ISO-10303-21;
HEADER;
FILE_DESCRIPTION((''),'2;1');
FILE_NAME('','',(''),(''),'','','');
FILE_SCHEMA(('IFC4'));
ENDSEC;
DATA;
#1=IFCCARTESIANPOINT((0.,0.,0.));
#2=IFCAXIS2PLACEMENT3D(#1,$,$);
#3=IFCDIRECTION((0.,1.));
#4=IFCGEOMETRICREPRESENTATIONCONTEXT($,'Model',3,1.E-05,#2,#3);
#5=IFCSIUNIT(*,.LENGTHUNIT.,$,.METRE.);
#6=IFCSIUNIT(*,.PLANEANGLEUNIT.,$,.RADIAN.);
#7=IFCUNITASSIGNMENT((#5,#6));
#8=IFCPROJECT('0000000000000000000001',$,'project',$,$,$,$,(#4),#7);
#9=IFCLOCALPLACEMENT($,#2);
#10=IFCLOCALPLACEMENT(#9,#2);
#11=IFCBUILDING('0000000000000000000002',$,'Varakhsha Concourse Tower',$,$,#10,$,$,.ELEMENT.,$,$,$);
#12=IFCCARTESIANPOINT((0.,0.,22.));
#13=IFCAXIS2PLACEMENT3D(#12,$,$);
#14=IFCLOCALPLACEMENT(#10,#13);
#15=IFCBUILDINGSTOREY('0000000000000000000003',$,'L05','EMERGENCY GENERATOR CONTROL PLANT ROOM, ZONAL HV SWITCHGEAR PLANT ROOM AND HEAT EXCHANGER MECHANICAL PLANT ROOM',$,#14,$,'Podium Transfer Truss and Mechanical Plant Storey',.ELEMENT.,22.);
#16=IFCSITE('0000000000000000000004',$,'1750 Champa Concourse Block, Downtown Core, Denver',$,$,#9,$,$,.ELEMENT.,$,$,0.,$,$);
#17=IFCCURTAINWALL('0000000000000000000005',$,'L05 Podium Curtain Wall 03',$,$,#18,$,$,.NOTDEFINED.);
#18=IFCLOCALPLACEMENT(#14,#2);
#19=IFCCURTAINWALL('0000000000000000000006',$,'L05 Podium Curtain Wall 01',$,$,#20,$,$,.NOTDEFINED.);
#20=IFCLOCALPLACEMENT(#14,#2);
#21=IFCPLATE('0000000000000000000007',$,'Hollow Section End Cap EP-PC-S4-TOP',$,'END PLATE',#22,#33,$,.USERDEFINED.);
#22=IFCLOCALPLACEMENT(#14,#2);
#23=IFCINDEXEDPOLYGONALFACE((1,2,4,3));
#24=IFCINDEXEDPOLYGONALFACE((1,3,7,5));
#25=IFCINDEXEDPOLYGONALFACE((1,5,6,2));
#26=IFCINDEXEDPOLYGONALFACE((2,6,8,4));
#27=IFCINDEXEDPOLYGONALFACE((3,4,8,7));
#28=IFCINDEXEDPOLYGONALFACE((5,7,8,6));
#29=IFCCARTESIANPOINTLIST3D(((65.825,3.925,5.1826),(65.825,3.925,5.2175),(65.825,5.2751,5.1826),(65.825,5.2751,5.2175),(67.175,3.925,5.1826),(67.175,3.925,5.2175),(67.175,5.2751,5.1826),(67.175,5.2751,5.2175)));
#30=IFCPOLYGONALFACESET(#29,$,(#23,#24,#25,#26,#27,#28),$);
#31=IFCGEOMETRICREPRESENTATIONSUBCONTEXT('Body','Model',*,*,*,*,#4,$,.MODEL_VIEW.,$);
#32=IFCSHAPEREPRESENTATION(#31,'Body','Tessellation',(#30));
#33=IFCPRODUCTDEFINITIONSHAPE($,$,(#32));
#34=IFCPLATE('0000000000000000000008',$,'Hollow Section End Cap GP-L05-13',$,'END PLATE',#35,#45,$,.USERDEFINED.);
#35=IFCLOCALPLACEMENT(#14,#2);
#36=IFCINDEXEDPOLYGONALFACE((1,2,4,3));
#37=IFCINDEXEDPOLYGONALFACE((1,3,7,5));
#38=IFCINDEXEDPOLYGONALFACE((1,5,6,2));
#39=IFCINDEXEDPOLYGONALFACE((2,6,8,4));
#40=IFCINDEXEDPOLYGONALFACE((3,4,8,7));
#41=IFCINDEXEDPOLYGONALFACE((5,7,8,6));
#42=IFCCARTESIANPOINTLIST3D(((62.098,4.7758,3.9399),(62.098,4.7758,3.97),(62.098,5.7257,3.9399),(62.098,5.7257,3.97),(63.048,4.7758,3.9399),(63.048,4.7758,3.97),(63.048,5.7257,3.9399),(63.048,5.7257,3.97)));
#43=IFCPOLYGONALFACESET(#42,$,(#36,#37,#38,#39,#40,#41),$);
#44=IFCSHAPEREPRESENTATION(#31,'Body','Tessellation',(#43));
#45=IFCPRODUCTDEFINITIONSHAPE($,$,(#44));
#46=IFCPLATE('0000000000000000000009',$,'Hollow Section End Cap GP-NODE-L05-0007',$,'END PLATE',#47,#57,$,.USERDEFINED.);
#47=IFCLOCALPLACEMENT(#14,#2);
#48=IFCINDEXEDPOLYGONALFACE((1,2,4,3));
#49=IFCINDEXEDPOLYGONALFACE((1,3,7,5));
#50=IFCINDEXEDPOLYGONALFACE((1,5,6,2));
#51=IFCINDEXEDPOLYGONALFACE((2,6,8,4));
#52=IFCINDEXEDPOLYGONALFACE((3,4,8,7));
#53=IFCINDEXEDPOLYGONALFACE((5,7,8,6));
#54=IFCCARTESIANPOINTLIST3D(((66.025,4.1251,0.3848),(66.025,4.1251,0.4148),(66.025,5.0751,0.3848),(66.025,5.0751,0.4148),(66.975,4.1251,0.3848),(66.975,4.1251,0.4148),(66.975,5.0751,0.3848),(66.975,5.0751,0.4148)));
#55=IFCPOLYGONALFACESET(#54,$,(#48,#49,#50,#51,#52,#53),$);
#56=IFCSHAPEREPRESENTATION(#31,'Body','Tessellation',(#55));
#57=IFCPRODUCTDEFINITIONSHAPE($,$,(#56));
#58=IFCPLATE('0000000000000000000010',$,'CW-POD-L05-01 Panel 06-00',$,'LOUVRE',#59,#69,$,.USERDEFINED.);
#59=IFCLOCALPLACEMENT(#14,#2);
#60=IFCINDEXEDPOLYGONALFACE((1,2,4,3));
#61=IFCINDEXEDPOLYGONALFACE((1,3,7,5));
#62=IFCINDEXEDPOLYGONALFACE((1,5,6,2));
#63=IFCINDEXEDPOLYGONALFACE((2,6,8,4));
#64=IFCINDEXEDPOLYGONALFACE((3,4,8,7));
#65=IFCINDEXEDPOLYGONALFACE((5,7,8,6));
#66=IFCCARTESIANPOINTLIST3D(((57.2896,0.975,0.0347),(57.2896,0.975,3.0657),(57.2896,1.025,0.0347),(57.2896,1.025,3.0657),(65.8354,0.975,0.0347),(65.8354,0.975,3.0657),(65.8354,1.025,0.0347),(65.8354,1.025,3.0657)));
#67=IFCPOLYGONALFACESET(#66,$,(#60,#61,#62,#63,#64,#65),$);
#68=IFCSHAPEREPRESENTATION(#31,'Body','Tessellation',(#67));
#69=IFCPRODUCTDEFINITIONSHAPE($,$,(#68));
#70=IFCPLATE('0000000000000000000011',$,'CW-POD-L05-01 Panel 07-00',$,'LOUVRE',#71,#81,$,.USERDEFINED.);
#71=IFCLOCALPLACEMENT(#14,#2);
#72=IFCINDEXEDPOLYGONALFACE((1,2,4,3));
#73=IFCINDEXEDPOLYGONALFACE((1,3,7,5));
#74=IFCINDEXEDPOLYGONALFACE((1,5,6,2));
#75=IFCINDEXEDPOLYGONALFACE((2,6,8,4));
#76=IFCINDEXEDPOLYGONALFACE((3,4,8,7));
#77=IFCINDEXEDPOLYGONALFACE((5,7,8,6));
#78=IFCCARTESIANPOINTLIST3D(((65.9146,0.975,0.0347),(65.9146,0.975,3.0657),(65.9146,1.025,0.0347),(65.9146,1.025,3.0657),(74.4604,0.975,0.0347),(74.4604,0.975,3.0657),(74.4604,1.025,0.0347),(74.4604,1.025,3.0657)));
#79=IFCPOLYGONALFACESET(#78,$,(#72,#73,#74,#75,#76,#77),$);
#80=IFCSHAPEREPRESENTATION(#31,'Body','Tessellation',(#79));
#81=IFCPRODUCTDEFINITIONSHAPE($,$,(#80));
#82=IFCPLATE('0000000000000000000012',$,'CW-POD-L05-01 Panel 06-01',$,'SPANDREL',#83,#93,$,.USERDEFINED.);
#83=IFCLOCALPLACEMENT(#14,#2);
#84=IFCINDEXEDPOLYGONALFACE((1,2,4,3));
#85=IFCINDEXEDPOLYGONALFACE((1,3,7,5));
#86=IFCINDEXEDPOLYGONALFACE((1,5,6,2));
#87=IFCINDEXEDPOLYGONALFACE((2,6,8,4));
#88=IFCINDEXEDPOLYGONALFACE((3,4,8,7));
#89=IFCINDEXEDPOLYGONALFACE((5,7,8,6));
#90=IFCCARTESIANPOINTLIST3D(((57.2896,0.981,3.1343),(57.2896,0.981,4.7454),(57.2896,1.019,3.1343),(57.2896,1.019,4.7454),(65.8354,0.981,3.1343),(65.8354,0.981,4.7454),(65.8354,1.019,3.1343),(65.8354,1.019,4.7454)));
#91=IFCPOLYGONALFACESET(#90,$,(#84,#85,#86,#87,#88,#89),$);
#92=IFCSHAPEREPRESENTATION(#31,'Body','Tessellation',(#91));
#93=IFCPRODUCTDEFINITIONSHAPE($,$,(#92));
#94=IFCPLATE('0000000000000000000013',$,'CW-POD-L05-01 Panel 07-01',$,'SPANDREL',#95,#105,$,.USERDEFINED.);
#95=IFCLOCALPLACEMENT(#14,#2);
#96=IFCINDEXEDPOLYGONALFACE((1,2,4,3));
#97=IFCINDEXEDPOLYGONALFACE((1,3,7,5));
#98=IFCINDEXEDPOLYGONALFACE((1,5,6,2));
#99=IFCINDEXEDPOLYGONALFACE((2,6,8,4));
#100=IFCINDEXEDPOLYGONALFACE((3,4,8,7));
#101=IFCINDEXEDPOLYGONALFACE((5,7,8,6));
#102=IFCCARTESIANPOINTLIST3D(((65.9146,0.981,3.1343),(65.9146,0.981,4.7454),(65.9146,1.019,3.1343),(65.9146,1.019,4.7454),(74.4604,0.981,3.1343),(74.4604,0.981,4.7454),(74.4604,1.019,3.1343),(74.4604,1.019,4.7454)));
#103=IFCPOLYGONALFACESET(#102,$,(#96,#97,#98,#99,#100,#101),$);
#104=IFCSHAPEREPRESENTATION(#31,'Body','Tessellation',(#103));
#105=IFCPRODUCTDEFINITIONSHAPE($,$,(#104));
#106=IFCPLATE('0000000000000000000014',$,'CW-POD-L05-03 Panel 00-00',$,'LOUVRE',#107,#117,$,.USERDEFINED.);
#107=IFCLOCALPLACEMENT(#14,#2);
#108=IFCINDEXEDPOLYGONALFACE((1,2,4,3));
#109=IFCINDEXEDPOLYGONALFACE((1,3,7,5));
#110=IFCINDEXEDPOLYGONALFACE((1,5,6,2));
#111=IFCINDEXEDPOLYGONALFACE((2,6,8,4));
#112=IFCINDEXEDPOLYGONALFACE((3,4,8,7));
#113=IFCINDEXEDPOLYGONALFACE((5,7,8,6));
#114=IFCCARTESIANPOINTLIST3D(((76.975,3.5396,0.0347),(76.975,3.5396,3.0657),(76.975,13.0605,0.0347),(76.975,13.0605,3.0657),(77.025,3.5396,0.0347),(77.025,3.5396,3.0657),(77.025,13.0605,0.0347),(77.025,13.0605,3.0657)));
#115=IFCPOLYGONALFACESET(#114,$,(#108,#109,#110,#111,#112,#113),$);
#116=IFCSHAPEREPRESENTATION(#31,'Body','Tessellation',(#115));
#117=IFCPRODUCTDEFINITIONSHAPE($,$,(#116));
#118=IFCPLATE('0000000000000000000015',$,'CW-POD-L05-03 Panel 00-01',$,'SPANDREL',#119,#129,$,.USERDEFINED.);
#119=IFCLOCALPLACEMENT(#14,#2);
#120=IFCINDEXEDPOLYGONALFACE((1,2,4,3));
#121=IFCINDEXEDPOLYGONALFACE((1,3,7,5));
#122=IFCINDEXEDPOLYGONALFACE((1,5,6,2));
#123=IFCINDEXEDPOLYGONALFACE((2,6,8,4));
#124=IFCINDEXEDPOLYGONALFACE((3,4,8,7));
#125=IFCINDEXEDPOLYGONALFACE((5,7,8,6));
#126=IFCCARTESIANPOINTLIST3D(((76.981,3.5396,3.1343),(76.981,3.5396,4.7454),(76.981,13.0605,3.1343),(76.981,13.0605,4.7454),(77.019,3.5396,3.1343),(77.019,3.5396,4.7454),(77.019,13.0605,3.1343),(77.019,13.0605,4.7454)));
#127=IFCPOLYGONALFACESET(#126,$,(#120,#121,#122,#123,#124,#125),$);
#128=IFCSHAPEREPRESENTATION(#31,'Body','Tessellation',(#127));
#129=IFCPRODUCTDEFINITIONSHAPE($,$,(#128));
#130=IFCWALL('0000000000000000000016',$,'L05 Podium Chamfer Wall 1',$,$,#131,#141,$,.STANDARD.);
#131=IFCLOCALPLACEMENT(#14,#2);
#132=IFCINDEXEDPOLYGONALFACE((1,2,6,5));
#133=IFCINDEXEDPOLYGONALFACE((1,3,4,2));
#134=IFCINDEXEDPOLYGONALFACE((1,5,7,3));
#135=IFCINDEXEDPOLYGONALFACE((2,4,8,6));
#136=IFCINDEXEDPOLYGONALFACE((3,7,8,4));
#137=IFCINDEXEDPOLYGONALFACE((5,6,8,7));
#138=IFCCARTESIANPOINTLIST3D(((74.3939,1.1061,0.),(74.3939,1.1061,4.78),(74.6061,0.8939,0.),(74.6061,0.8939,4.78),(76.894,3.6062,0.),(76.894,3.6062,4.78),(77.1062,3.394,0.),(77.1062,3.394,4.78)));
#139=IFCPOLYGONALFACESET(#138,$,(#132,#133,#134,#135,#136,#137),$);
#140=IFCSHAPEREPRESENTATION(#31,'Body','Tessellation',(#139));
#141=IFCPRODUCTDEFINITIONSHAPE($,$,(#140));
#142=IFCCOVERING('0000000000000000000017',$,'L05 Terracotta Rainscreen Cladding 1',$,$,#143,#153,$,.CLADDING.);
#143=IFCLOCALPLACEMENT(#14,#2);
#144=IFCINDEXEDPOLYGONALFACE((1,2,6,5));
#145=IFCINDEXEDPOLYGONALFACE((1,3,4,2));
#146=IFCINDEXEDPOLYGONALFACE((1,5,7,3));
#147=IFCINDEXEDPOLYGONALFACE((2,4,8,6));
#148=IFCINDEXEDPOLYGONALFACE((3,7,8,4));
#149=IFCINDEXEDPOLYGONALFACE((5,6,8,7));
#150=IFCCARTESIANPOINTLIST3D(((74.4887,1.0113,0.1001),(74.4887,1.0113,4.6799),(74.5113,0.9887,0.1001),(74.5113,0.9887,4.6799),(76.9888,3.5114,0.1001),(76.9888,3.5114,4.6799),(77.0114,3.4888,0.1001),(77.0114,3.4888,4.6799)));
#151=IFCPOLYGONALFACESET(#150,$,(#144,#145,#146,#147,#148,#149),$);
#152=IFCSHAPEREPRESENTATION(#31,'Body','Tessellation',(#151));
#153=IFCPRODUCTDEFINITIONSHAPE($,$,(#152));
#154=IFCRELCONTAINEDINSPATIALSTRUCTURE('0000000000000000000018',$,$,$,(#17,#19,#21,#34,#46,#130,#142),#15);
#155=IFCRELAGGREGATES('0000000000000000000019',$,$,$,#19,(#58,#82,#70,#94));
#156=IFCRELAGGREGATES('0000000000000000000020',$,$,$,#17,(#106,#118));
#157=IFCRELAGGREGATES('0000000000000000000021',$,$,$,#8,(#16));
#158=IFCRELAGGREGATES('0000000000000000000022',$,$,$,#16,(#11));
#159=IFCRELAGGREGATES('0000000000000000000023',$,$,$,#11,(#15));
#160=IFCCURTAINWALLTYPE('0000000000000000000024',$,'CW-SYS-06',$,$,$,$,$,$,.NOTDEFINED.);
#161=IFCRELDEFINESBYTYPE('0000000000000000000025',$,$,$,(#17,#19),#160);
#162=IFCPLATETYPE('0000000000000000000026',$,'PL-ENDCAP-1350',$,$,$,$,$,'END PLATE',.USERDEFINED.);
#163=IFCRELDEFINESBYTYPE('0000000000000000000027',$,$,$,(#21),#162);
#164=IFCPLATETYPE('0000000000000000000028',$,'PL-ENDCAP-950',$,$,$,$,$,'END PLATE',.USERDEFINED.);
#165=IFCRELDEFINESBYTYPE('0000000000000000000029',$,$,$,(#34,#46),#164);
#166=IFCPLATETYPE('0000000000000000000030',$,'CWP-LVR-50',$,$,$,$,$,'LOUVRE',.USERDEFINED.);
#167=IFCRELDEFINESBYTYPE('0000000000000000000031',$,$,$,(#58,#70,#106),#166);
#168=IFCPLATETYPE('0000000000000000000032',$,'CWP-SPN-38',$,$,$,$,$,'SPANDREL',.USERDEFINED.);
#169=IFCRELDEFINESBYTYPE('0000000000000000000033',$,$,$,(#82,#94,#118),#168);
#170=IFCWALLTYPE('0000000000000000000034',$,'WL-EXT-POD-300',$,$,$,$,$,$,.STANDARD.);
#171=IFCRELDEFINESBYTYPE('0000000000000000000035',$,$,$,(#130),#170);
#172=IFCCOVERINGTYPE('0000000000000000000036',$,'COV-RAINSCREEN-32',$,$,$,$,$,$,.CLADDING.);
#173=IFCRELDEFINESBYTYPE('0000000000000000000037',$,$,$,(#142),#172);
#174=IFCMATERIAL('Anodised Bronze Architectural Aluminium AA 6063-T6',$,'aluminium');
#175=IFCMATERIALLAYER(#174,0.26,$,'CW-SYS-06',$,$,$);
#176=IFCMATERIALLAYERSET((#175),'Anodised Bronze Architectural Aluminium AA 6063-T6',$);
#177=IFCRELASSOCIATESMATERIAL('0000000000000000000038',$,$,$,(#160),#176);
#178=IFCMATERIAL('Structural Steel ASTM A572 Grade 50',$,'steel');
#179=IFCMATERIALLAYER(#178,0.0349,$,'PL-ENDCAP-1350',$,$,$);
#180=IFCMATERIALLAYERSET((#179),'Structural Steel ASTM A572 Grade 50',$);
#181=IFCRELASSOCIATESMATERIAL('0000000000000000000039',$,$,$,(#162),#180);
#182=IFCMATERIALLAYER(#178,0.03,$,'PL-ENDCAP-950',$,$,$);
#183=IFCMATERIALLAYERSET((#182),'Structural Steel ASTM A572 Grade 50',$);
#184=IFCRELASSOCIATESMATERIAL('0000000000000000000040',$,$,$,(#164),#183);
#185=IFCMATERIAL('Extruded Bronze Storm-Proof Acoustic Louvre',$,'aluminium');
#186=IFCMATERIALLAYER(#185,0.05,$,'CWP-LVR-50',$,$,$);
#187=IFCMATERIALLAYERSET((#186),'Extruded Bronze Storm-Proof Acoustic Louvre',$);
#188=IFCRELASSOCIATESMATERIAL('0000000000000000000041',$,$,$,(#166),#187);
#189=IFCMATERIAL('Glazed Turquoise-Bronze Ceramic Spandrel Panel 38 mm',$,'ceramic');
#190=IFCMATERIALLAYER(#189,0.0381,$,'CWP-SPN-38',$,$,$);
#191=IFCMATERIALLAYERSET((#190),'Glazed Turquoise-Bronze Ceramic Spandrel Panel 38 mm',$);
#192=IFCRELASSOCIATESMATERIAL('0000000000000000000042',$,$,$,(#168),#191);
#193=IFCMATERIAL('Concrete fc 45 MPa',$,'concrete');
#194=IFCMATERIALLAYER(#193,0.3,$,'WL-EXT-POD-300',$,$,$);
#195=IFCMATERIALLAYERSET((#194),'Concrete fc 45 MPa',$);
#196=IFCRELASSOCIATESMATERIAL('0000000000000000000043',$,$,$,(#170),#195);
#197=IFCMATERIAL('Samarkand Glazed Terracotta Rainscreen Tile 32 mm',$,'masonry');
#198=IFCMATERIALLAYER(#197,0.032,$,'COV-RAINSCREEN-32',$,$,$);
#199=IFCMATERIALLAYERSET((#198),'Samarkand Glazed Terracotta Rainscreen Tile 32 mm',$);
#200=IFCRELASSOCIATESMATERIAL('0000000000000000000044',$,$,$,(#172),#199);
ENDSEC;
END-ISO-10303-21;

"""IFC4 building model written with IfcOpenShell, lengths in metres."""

from ifc_helpers import new_model, si_unit, direction, frame, frame_2d, origin, origin_2d, place, context, subcontext, project, spatial, rectangle, extrude, source, transform, mapped, material, layer, layer_set, type_object, type_shapes, element, aggregate, save


model = new_model("IFC4")

# Units and contexts
model_context = context("Model", 3, precision=1e-05, world=origin(), true_north=direction((0.0, 1.0)))
body_context = subcontext(model_context, "Body", "Model", "MODEL_VIEW")
ifc_project = project(units=[si_unit("LENGTHUNIT", "METRE"), si_unit("PLANEANGLEUNIT", "RADIAN")], contexts=[model_context])

# Site, building, storey
site_placement = place(None, origin())
site = spatial("IfcSite", under=ifc_project, at=site_placement, Name="1750 Champa Concourse Block, Downtown Core, Denver", CompositionType="ELEMENT", RefElevation=0.0)
building_placement = place(site_placement, origin())
building = spatial("IfcBuilding", under=site, at=building_placement, Name="Varakhsha Concourse Tower", CompositionType="ELEMENT")
storey_placement = place(building_placement, frame((0.0, 0.0, 22.0)))
storey = spatial("IfcBuildingStorey", under=building, at=storey_placement, Name="L05", Description="EMERGENCY GENERATOR CONTROL PLANT ROOM, ZONAL HV SWITCHGEAR PLANT ROOM AND HEAT EXCHANGER MECHANICAL PLANT ROOM", LongName="Podium Transfer Truss and Mechanical Plant Storey", CompositionType="ELEMENT", Elevation=22.0)

# Shared definitions
ifc_material_1 = material(Name="Structural Steel ASTM A572 Grade 50", Category="steel")

# Curtain wall
ifc_material_2 = material(Name="Anodised Bronze Architectural Aluminium AA 6063-T6", Category="aluminium")
ifc_layer_1 = layer(ifc_material_2, 0.26, Name="CW-SYS-06")
ifc_layer_set_1 = layer_set([ifc_layer_1], Name="Anodised Bronze Architectural Aluminium AA 6063-T6")
curtain_wall_type = type_object("IfcCurtainWallType", Name="CW-SYS-06", PredefinedType="NOTDEFINED", material=ifc_layer_set_1)
curtain_wall_1_placement = place(storey_placement, origin())
curtain_wall_1 = element("IfcCurtainWall", 1, at=curtain_wall_1_placement, inside=storey, type_object=curtain_wall_type, Name="L05 Podium Curtain Wall 03", PredefinedType="NOTDEFINED")

# Curtain wall
curtain_wall_2_placement = place(storey_placement, origin())
curtain_wall_2 = element("IfcCurtainWall", 2, at=curtain_wall_2_placement, inside=storey, type_object=curtain_wall_type, Name="L05 Podium Curtain Wall 01", PredefinedType="NOTDEFINED")

# Plates
ifc_layer_2 = layer(ifc_material_1, 0.0349, Name="PL-ENDCAP-1350")
ifc_layer_set_2 = layer_set([ifc_layer_2], Name="Structural Steel ASTM A572 Grade 50")
plate_type_1 = type_object("IfcPlateType", Name="PL-ENDCAP-1350", ElementType="END PLATE", PredefinedType="USERDEFINED", material=ifc_layer_set_2)
shared_shape_1 = source(origin(), body_context, "Body", "SweptSolid", [
    extrude(rectangle(XDim=1.3501, YDim=1.3501, at=origin_2d()), origin(), (0.0, 0.0, 1.0), 0.0349),
])
type_shapes(plate_type_1, [shared_shape_1])
plate_1_placement = place(storey_placement, frame((66.5, 4.6001, 5.1826), z_axis=(0.0, 0.0, 1.0), x_axis=(1.0, 0.0, 0.0)))
element("IfcPlate", 3, at=plate_1_placement, inside=storey, type_object=plate_type_1, Name="Hollow Section End Cap EP-PC-S4-TOP", ObjectType="END PLATE", PredefinedType="USERDEFINED", context=body_context, shape_type="MappedRepresentation", body=[
    mapped(shared_shape_1, transform((0.0, 0.0, 0.0), scale=1.0)),
])
ifc_layer_3 = layer(ifc_material_1, 0.03, Name="PL-ENDCAP-950")
ifc_layer_set_3 = layer_set([ifc_layer_3], Name="Structural Steel ASTM A572 Grade 50")
plate_type_2 = type_object("IfcPlateType", Name="PL-ENDCAP-950", ElementType="END PLATE", PredefinedType="USERDEFINED", material=ifc_layer_set_3)
shared_shape_2 = source(origin(), body_context, "Body", "SweptSolid", [
    extrude(rectangle(XDim=0.95, YDim=0.95, at=origin_2d()), origin(), (0.0, 0.0, 1.0), 0.03),
])
type_shapes(plate_type_2, [shared_shape_2])
for number, where, z_axis, x_axis, name in (
    (4, (62.573, 5.2507, 3.9399), (0.0, 0.0, 1.0), (1.0, 0.0, 0.0), "Hollow Section End Cap GP-L05-13"),
    (5, (66.5, 4.6001, 0.3848), (0.0, 0.0, 1.0), (1.0, 0.0, 0.0), "Hollow Section End Cap GP-NODE-L05-0007"),
):
    element("IfcPlate", number, at=place(storey_placement, frame(where, z_axis=z_axis, x_axis=x_axis)), inside=storey, type_object=plate_type_2, Name=name, ObjectType="END PLATE", PredefinedType="USERDEFINED", context=body_context, shape_type="MappedRepresentation", body=[
        mapped(shared_shape_2, transform((0.0, 0.0, 0.0), scale=1.0)),
    ])

# Plates
ifc_material_3 = material(Name="Extruded Bronze Storm-Proof Acoustic Louvre", Category="aluminium")
ifc_layer_4 = layer(ifc_material_3, 0.05, Name="CWP-LVR-50")
ifc_layer_set_4 = layer_set([ifc_layer_4], Name="Extruded Bronze Storm-Proof Acoustic Louvre")
plate_type_3 = type_object("IfcPlateType", Name="CWP-LVR-50", ElementType="LOUVRE", PredefinedType="USERDEFINED", material=ifc_layer_set_4)
shared_shape_3 = source(origin(), body_context, "Body", "SweptSolid", [
    extrude(rectangle(XDim=8.5459, YDim=0.05, at=origin_2d()), origin(), (0.0, 0.0, 1.0), 3.031),
])
plate_2_placement = place(storey_placement, frame((61.5625, 1.0, 0.0347), z_axis=(0.0, 0.0, 1.0), x_axis=(1.0, 0.0, 0.0)))
plate_2 = element("IfcPlate", 6, at=plate_2_placement, type_object=plate_type_3, Name="CW-POD-L05-01 Panel 06-00", ObjectType="LOUVRE", PredefinedType="USERDEFINED", context=body_context, shape_type="MappedRepresentation", body=[
    mapped(shared_shape_3, transform((0.0, 0.0, 0.0), scale=1.0)),
])
plate_3_placement = place(storey_placement, frame((70.1875, 1.0, 0.0347), z_axis=(0.0, 0.0, 1.0), x_axis=(1.0, 0.0, 0.0)))
plate_3 = element("IfcPlate", 7, at=plate_3_placement, type_object=plate_type_3, Name="CW-POD-L05-01 Panel 07-00", ObjectType="LOUVRE", PredefinedType="USERDEFINED", context=body_context, shape_type="MappedRepresentation", body=[
    mapped(shared_shape_3, transform((0.0, 0.0, 0.0), scale=1.0)),
])
ifc_material_4 = material(Name="Glazed Turquoise-Bronze Ceramic Spandrel Panel 38 mm", Category="ceramic")
ifc_layer_5 = layer(ifc_material_4, 0.0381, Name="CWP-SPN-38")
ifc_layer_set_5 = layer_set([ifc_layer_5], Name="Glazed Turquoise-Bronze Ceramic Spandrel Panel 38 mm")
plate_type_4 = type_object("IfcPlateType", Name="CWP-SPN-38", ElementType="SPANDREL", PredefinedType="USERDEFINED", material=ifc_layer_set_5)
shared_shape_4 = source(origin(), body_context, "Body", "SweptSolid", [
    extrude(rectangle(XDim=8.5459, YDim=0.0381, at=origin_2d()), origin(), (0.0, 0.0, 1.0), 1.6111),
])
plate_4_placement = place(storey_placement, frame((61.5625, 1.0, 3.1343), z_axis=(0.0, 0.0, 1.0), x_axis=(1.0, 0.0, 0.0)))
plate_4 = element("IfcPlate", 8, at=plate_4_placement, type_object=plate_type_4, Name="CW-POD-L05-01 Panel 06-01", ObjectType="SPANDREL", PredefinedType="USERDEFINED", context=body_context, shape_type="MappedRepresentation", body=[
    mapped(shared_shape_4, transform((0.0, 0.0, 0.0), scale=1.0)),
])
plate_5_placement = place(storey_placement, frame((70.1875, 1.0, 3.1343), z_axis=(0.0, 0.0, 1.0), x_axis=(1.0, 0.0, 0.0)))
plate_5 = element("IfcPlate", 9, at=plate_5_placement, type_object=plate_type_4, Name="CW-POD-L05-01 Panel 07-01", ObjectType="SPANDREL", PredefinedType="USERDEFINED", context=body_context, shape_type="MappedRepresentation", body=[
    mapped(shared_shape_4, transform((0.0, 0.0, 0.0), scale=1.0)),
])
aggregate(curtain_wall_2, [plate_2, plate_4, plate_3, plate_5])
shared_shape_5 = source(origin(), body_context, "Body", "SweptSolid", [
    extrude(rectangle(XDim=9.521, YDim=0.05, at=origin_2d()), origin(), (0.0, 0.0, 1.0), 3.031),
])
type_shapes(plate_type_3, [shared_shape_3, shared_shape_5])
plate_6_placement = place(storey_placement, frame((77.0, 8.3, 0.0347), z_axis=(0.0, 0.0, 1.0), x_axis=(0.0, 1.0, 0.0)))
plate_6 = element("IfcPlate", 10, at=plate_6_placement, type_object=plate_type_3, Name="CW-POD-L05-03 Panel 00-00", ObjectType="LOUVRE", PredefinedType="USERDEFINED", context=body_context, shape_type="MappedRepresentation", body=[
    mapped(shared_shape_5, transform((0.0, 0.0, 0.0), scale=1.0)),
])
shared_shape_6 = source(origin(), body_context, "Body", "SweptSolid", [
    extrude(rectangle(XDim=9.521, YDim=0.0381, at=origin_2d()), origin(), (0.0, 0.0, 1.0), 1.6111),
])
type_shapes(plate_type_4, [shared_shape_4, shared_shape_6])
plate_7_placement = place(storey_placement, frame((77.0, 8.3, 3.1343), z_axis=(0.0, 0.0, 1.0), x_axis=(0.0, 1.0, 0.0)))
plate_7 = element("IfcPlate", 11, at=plate_7_placement, type_object=plate_type_4, Name="CW-POD-L05-03 Panel 00-01", ObjectType="SPANDREL", PredefinedType="USERDEFINED", context=body_context, shape_type="MappedRepresentation", body=[
    mapped(shared_shape_6, transform((0.0, 0.0, 0.0), scale=1.0)),
])
aggregate(curtain_wall_1, [plate_6, plate_7])

# Wall
ifc_material_5 = material(Name="Concrete fc 45 MPa", Category="concrete")
ifc_layer_6 = layer(ifc_material_5, 0.3, Name="WL-EXT-POD-300")
ifc_layer_set_6 = layer_set([ifc_layer_6], Name="Concrete fc 45 MPa")
wall_type = type_object("IfcWallType", Name="WL-EXT-POD-300", PredefinedType="STANDARD", material=ifc_layer_set_6)
wall_placement = place(storey_placement, frame((74.5, 1.0, 0.0), z_axis=(0.0, 0.0, 1.0), x_axis=(0.707107, 0.707107, 0.0)))
element("IfcWall", 12, at=wall_placement, inside=storey, type_object=wall_type, Name="L05 Podium Chamfer Wall 1", PredefinedType="STANDARD", context=body_context, shape_type="SweptSolid", body=[
    extrude(rectangle(XDim=3.5356, YDim=0.3, at=frame_2d((1.7678, 0.0))), origin(), (0.0, 0.0, 1.0), 4.78),
])

# Covering
ifc_material_6 = material(Name="Samarkand Glazed Terracotta Rainscreen Tile 32 mm", Category="masonry")
ifc_layer_7 = layer(ifc_material_6, 0.032, Name="COV-RAINSCREEN-32")
ifc_layer_set_7 = layer_set([ifc_layer_7], Name="Samarkand Glazed Terracotta Rainscreen Tile 32 mm")
covering_type = type_object("IfcCoveringType", Name="COV-RAINSCREEN-32", PredefinedType="CLADDING", material=ifc_layer_set_7)
covering_placement = place(storey_placement, frame((74.5, 1.0, 0.1001), z_axis=(0.0, 0.0, 1.0), x_axis=(0.707107, 0.707107, 0.0)))
element("IfcCovering", 13, at=covering_placement, inside=storey, type_object=covering_type, Name="L05 Terracotta Rainscreen Cladding 1", PredefinedType="CLADDING", context=body_context, shape_type="SweptSolid", body=[
    extrude(rectangle(XDim=3.5356, YDim=0.032, at=frame_2d((1.7678, 0.0))), origin(), (0.0, 0.0, 1.0), 4.5798),
])

save(model, "model.ifc")
